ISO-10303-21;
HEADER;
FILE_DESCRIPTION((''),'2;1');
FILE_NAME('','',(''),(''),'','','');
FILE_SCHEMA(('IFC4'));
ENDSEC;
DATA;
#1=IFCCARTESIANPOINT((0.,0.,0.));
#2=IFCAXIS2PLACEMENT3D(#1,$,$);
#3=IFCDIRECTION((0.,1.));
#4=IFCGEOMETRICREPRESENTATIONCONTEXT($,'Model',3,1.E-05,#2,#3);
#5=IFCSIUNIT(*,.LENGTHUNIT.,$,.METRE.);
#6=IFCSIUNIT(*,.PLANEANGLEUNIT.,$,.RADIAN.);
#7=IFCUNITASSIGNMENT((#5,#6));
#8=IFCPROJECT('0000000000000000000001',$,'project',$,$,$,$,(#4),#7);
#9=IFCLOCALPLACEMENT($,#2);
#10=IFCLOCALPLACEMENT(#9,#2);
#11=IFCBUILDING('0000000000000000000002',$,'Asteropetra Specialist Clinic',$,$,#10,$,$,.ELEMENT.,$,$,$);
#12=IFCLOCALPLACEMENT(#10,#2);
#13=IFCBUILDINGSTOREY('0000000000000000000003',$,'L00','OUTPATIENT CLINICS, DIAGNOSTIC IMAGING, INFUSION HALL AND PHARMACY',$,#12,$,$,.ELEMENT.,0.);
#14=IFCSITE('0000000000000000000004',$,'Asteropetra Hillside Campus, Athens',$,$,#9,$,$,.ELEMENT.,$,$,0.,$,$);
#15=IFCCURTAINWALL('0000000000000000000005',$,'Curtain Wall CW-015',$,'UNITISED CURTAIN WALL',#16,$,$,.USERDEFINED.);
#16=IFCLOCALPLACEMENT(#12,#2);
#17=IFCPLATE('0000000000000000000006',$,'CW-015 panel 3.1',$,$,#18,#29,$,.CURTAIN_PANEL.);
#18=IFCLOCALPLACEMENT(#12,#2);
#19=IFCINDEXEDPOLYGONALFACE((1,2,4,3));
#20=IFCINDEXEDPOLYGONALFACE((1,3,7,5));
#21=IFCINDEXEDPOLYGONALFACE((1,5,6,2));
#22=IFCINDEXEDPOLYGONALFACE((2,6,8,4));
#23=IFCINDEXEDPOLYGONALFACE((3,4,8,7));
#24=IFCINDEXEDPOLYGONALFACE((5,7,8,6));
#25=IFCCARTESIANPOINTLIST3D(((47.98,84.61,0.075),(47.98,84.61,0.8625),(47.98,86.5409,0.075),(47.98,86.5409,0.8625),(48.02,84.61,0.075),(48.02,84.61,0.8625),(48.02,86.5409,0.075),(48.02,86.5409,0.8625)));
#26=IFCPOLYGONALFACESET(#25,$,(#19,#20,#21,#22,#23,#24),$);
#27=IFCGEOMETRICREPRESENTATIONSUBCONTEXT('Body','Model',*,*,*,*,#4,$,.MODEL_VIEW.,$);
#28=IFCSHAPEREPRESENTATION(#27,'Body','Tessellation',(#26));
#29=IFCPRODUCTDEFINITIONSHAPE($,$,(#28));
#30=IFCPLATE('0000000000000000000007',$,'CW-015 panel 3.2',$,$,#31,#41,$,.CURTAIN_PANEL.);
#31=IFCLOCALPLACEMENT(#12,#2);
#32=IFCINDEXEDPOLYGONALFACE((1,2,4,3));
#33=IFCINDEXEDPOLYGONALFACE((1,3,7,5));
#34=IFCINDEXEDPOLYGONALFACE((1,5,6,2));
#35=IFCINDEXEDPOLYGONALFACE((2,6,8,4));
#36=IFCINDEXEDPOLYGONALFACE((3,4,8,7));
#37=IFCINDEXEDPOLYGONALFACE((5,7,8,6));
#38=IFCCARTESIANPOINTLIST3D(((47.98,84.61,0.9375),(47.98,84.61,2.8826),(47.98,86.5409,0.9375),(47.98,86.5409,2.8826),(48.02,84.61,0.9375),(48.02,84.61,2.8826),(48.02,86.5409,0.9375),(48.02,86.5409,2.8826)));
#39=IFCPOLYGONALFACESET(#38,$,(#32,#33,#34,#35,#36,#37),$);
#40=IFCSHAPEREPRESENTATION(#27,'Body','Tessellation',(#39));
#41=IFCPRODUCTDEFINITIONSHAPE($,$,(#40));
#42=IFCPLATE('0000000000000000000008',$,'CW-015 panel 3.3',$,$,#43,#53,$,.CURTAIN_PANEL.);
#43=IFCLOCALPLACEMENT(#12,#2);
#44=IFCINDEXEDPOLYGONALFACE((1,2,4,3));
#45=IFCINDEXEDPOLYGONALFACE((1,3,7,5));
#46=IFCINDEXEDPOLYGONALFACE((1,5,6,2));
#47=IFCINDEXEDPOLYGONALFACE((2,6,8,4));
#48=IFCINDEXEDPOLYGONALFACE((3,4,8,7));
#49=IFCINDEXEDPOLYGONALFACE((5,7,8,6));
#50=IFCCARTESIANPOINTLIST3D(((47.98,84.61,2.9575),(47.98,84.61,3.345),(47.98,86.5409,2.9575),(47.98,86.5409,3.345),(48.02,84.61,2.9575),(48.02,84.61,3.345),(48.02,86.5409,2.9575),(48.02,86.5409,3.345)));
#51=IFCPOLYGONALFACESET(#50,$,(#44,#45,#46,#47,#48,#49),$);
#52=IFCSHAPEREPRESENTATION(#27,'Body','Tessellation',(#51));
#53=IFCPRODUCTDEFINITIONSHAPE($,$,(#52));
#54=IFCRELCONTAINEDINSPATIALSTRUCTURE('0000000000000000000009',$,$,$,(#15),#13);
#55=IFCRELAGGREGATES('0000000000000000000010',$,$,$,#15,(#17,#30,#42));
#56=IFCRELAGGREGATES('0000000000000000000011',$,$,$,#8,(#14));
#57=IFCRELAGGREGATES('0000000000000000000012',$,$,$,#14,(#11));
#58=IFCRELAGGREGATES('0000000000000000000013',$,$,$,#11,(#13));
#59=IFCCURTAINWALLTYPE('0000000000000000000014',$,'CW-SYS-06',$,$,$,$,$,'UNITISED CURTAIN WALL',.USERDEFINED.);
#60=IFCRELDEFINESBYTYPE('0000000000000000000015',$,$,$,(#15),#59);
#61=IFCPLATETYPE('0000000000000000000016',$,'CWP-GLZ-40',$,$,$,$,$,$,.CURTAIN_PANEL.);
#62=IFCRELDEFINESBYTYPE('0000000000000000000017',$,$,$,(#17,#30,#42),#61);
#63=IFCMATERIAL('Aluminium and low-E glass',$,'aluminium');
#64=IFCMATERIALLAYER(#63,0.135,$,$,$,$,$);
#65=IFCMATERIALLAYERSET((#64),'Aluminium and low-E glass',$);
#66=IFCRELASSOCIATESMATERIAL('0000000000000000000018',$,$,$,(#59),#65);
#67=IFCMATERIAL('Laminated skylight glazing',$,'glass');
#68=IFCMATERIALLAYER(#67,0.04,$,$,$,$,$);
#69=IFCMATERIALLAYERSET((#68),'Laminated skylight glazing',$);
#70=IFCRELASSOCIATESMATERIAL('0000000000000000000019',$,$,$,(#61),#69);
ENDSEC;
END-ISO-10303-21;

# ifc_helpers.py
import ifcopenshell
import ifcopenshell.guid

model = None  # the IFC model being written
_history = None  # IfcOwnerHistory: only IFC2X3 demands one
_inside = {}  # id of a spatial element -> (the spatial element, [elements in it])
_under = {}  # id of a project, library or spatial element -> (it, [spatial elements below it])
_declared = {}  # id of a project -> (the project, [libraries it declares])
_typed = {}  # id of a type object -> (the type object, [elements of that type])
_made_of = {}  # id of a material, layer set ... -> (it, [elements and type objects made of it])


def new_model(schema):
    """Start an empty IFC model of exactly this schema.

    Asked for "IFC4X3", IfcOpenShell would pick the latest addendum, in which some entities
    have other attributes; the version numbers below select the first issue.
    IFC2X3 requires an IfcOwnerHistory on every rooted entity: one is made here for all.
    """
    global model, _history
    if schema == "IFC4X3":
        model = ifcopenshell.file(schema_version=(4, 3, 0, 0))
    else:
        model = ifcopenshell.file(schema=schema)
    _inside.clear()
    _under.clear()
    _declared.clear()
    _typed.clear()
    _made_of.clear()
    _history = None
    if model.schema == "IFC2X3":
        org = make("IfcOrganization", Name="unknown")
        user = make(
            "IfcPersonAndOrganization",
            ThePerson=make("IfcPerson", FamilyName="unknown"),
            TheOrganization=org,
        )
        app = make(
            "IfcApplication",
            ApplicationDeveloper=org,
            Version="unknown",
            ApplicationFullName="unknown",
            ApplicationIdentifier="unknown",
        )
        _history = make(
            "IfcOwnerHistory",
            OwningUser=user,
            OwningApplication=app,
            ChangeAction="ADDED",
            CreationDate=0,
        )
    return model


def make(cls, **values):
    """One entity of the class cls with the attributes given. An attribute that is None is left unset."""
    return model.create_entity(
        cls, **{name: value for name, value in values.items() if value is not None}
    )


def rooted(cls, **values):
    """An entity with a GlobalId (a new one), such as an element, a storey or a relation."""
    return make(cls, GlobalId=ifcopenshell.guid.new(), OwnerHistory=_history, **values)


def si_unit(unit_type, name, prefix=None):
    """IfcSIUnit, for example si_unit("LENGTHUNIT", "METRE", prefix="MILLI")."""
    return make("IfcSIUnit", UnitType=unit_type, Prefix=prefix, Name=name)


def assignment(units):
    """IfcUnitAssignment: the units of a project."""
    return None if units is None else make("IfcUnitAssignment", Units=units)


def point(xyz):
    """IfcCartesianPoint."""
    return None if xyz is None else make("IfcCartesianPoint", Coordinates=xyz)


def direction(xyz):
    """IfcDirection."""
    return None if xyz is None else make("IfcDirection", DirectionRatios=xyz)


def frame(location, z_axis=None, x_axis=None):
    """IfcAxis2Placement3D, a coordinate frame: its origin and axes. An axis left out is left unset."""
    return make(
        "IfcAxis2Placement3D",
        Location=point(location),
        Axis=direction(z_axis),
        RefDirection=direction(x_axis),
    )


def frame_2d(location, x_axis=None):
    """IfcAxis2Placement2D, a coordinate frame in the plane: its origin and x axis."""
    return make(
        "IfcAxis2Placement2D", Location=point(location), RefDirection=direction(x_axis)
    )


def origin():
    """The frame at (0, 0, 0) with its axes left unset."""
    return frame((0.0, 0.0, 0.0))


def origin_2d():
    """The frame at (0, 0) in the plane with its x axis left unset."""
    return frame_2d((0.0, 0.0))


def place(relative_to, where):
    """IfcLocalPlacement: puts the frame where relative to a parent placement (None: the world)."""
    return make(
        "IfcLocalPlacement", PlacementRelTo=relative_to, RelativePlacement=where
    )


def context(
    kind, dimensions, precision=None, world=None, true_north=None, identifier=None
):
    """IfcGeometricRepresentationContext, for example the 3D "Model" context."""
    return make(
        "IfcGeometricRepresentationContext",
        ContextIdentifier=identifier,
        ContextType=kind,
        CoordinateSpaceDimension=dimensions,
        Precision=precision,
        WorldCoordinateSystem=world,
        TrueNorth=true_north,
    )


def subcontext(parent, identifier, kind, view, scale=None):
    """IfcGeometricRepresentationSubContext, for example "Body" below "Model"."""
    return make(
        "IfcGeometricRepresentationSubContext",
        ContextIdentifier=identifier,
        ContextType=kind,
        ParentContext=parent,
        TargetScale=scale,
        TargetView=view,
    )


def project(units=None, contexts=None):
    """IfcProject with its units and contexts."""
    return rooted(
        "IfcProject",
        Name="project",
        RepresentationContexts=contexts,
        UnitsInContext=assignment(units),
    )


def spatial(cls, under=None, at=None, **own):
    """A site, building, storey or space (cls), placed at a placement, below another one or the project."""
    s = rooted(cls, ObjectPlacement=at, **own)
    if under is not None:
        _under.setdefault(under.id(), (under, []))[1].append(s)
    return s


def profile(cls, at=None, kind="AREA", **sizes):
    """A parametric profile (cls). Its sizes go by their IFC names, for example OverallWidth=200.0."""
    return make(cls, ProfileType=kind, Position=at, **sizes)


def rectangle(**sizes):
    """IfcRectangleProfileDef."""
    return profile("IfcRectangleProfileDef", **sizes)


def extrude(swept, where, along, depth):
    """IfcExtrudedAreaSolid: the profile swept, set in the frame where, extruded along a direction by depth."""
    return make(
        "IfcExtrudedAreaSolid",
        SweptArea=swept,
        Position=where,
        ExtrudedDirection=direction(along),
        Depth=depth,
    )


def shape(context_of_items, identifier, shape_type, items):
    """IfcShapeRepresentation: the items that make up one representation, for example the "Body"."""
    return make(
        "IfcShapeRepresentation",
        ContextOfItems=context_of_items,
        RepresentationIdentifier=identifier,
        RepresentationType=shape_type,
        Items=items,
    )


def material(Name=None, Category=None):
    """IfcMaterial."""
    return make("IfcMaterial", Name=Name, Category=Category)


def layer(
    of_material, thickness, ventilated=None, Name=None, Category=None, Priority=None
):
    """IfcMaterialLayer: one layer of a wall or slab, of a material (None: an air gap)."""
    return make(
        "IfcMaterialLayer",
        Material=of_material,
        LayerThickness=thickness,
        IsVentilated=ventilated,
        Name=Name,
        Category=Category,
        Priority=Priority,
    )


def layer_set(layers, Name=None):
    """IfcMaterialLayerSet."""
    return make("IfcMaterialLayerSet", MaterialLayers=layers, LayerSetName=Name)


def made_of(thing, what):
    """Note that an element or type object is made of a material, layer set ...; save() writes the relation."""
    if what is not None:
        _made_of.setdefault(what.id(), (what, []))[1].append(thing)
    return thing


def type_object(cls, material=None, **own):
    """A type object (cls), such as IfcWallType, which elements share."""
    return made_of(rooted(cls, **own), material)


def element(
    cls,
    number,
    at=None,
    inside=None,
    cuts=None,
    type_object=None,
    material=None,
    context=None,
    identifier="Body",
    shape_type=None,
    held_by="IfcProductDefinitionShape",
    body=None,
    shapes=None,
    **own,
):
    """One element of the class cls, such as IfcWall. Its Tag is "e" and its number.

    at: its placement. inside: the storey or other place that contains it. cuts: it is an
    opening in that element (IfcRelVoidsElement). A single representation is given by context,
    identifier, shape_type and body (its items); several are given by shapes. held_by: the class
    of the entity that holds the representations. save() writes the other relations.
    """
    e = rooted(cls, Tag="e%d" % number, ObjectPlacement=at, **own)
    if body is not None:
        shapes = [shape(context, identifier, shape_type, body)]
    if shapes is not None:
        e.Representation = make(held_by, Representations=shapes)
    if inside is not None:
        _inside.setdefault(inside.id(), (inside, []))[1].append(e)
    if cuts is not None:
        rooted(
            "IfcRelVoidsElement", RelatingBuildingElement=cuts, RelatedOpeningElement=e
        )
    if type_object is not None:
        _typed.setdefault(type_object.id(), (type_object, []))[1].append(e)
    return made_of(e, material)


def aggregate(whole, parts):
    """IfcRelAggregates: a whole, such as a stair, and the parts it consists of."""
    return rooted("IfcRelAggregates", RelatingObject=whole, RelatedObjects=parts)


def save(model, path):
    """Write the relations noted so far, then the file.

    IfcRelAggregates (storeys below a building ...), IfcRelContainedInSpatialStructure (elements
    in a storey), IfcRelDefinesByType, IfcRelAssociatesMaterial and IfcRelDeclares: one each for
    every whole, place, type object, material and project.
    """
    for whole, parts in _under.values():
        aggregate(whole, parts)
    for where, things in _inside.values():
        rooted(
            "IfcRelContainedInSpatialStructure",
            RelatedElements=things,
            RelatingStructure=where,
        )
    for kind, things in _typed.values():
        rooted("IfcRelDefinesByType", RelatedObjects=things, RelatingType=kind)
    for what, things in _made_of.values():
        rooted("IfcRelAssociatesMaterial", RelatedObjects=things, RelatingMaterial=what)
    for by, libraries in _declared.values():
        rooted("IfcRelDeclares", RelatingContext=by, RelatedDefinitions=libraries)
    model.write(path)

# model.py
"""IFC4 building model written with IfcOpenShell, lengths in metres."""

from ifc_helpers import new_model, si_unit, direction, frame, origin, origin_2d, place, context, subcontext, project, spatial, rectangle, extrude, material, layer, layer_set, type_object, element, aggregate, save


model = new_model("IFC4")

# Units and contexts
model_context = context("Model", 3, precision=1e-05, world=origin(), true_north=direction((0.0, 1.0)))
body_context = subcontext(model_context, "Body", "Model", "MODEL_VIEW")
ifc_project = project(units=[si_unit("LENGTHUNIT", "METRE"), si_unit("PLANEANGLEUNIT", "RADIAN")], contexts=[model_context])

# Site, building, storey
site_placement = place(None, origin())
site = spatial("IfcSite", under=ifc_project, at=site_placement, Name="Asteropetra Hillside Campus, Athens", CompositionType="ELEMENT", RefElevation=0.0)
building_placement = place(site_placement, origin())
building = spatial("IfcBuilding", under=site, at=building_placement, Name="Asteropetra Specialist Clinic", CompositionType="ELEMENT")
storey_placement = place(building_placement, origin())
storey = spatial("IfcBuildingStorey", under=building, at=storey_placement, Name="L00", Description="OUTPATIENT CLINICS, DIAGNOSTIC IMAGING, INFUSION HALL AND PHARMACY", CompositionType="ELEMENT", Elevation=0.0)

# Curtain wall
ifc_material_1 = material(Name="Aluminium and low-E glass", Category="aluminium")
ifc_layer_1 = layer(ifc_material_1, 0.135)
ifc_layer_set_1 = layer_set([ifc_layer_1], Name="Aluminium and low-E glass")
curtain_wall_type_1 = type_object("IfcCurtainWallType", Name="CW-SYS-06", ElementType="UNITISED CURTAIN WALL", PredefinedType="USERDEFINED", material=ifc_layer_set_1)
curtain_wall_1_placement = place(storey_placement, origin())
curtain_wall_1 = element("IfcCurtainWall", 1, at=curtain_wall_1_placement, inside=storey, type_object=curtain_wall_type_1, Name="Curtain Wall CW-015", ObjectType="UNITISED CURTAIN WALL", PredefinedType="USERDEFINED")

# Plates
ifc_material_2 = material(Name="Laminated skylight glazing", Category="glass")
ifc_layer_2 = layer(ifc_material_2, 0.04)
ifc_layer_set_2 = layer_set([ifc_layer_2], Name="Laminated skylight glazing")
plate_type_1 = type_object("IfcPlateType", Name="CWP-GLZ-40", PredefinedType="CURTAIN_PANEL", material=ifc_layer_set_2)
plate_1_placement = place(storey_placement, frame((48.0, 85.5754, 0.075), z_axis=(0.0, 0.0, 1.0), x_axis=(0.0, -1.0, 0.0)))
plate_1 = element("IfcPlate", 2, at=plate_1_placement, type_object=plate_type_1, Name="CW-015 panel 3.1", PredefinedType="CURTAIN_PANEL", context=body_context, shape_type="SweptSolid", body=[
    extrude(rectangle(XDim=1.9309, YDim=0.04, at=origin_2d()), origin(), (0.0, 0.0, 1.0), 0.7876),
])
plate_2_placement = place(storey_placement, frame((48.0, 85.5754, 0.9375), z_axis=(0.0, 0.0, 1.0), x_axis=(0.0, -1.0, 0.0)))
plate_2 = element("IfcPlate", 3, at=plate_2_placement, type_object=plate_type_1, Name="CW-015 panel 3.2", PredefinedType="CURTAIN_PANEL", context=body_context, shape_type="SweptSolid", body=[
    extrude(rectangle(XDim=1.9309, YDim=0.04, at=origin_2d()), origin(), (0.0, 0.0, 1.0), 1.9451),
])
plate_3_placement = place(storey_placement, frame((48.0, 85.5754, 2.9575), z_axis=(0.0, 0.0, 1.0), x_axis=(0.0, -1.0, 0.0)))
plate_3 = element("IfcPlate", 4, at=plate_3_placement, type_object=plate_type_1, Name="CW-015 panel 3.3", PredefinedType="CURTAIN_PANEL", context=body_context, shape_type="SweptSolid", body=[
    extrude(rectangle(XDim=1.9309, YDim=0.04, at=origin_2d()), origin(), (0.0, 0.0, 1.0), 0.3875),
])
aggregate(curtain_wall_1, [plate_1, plate_2, plate_3])

save(model, "model.ifc")
